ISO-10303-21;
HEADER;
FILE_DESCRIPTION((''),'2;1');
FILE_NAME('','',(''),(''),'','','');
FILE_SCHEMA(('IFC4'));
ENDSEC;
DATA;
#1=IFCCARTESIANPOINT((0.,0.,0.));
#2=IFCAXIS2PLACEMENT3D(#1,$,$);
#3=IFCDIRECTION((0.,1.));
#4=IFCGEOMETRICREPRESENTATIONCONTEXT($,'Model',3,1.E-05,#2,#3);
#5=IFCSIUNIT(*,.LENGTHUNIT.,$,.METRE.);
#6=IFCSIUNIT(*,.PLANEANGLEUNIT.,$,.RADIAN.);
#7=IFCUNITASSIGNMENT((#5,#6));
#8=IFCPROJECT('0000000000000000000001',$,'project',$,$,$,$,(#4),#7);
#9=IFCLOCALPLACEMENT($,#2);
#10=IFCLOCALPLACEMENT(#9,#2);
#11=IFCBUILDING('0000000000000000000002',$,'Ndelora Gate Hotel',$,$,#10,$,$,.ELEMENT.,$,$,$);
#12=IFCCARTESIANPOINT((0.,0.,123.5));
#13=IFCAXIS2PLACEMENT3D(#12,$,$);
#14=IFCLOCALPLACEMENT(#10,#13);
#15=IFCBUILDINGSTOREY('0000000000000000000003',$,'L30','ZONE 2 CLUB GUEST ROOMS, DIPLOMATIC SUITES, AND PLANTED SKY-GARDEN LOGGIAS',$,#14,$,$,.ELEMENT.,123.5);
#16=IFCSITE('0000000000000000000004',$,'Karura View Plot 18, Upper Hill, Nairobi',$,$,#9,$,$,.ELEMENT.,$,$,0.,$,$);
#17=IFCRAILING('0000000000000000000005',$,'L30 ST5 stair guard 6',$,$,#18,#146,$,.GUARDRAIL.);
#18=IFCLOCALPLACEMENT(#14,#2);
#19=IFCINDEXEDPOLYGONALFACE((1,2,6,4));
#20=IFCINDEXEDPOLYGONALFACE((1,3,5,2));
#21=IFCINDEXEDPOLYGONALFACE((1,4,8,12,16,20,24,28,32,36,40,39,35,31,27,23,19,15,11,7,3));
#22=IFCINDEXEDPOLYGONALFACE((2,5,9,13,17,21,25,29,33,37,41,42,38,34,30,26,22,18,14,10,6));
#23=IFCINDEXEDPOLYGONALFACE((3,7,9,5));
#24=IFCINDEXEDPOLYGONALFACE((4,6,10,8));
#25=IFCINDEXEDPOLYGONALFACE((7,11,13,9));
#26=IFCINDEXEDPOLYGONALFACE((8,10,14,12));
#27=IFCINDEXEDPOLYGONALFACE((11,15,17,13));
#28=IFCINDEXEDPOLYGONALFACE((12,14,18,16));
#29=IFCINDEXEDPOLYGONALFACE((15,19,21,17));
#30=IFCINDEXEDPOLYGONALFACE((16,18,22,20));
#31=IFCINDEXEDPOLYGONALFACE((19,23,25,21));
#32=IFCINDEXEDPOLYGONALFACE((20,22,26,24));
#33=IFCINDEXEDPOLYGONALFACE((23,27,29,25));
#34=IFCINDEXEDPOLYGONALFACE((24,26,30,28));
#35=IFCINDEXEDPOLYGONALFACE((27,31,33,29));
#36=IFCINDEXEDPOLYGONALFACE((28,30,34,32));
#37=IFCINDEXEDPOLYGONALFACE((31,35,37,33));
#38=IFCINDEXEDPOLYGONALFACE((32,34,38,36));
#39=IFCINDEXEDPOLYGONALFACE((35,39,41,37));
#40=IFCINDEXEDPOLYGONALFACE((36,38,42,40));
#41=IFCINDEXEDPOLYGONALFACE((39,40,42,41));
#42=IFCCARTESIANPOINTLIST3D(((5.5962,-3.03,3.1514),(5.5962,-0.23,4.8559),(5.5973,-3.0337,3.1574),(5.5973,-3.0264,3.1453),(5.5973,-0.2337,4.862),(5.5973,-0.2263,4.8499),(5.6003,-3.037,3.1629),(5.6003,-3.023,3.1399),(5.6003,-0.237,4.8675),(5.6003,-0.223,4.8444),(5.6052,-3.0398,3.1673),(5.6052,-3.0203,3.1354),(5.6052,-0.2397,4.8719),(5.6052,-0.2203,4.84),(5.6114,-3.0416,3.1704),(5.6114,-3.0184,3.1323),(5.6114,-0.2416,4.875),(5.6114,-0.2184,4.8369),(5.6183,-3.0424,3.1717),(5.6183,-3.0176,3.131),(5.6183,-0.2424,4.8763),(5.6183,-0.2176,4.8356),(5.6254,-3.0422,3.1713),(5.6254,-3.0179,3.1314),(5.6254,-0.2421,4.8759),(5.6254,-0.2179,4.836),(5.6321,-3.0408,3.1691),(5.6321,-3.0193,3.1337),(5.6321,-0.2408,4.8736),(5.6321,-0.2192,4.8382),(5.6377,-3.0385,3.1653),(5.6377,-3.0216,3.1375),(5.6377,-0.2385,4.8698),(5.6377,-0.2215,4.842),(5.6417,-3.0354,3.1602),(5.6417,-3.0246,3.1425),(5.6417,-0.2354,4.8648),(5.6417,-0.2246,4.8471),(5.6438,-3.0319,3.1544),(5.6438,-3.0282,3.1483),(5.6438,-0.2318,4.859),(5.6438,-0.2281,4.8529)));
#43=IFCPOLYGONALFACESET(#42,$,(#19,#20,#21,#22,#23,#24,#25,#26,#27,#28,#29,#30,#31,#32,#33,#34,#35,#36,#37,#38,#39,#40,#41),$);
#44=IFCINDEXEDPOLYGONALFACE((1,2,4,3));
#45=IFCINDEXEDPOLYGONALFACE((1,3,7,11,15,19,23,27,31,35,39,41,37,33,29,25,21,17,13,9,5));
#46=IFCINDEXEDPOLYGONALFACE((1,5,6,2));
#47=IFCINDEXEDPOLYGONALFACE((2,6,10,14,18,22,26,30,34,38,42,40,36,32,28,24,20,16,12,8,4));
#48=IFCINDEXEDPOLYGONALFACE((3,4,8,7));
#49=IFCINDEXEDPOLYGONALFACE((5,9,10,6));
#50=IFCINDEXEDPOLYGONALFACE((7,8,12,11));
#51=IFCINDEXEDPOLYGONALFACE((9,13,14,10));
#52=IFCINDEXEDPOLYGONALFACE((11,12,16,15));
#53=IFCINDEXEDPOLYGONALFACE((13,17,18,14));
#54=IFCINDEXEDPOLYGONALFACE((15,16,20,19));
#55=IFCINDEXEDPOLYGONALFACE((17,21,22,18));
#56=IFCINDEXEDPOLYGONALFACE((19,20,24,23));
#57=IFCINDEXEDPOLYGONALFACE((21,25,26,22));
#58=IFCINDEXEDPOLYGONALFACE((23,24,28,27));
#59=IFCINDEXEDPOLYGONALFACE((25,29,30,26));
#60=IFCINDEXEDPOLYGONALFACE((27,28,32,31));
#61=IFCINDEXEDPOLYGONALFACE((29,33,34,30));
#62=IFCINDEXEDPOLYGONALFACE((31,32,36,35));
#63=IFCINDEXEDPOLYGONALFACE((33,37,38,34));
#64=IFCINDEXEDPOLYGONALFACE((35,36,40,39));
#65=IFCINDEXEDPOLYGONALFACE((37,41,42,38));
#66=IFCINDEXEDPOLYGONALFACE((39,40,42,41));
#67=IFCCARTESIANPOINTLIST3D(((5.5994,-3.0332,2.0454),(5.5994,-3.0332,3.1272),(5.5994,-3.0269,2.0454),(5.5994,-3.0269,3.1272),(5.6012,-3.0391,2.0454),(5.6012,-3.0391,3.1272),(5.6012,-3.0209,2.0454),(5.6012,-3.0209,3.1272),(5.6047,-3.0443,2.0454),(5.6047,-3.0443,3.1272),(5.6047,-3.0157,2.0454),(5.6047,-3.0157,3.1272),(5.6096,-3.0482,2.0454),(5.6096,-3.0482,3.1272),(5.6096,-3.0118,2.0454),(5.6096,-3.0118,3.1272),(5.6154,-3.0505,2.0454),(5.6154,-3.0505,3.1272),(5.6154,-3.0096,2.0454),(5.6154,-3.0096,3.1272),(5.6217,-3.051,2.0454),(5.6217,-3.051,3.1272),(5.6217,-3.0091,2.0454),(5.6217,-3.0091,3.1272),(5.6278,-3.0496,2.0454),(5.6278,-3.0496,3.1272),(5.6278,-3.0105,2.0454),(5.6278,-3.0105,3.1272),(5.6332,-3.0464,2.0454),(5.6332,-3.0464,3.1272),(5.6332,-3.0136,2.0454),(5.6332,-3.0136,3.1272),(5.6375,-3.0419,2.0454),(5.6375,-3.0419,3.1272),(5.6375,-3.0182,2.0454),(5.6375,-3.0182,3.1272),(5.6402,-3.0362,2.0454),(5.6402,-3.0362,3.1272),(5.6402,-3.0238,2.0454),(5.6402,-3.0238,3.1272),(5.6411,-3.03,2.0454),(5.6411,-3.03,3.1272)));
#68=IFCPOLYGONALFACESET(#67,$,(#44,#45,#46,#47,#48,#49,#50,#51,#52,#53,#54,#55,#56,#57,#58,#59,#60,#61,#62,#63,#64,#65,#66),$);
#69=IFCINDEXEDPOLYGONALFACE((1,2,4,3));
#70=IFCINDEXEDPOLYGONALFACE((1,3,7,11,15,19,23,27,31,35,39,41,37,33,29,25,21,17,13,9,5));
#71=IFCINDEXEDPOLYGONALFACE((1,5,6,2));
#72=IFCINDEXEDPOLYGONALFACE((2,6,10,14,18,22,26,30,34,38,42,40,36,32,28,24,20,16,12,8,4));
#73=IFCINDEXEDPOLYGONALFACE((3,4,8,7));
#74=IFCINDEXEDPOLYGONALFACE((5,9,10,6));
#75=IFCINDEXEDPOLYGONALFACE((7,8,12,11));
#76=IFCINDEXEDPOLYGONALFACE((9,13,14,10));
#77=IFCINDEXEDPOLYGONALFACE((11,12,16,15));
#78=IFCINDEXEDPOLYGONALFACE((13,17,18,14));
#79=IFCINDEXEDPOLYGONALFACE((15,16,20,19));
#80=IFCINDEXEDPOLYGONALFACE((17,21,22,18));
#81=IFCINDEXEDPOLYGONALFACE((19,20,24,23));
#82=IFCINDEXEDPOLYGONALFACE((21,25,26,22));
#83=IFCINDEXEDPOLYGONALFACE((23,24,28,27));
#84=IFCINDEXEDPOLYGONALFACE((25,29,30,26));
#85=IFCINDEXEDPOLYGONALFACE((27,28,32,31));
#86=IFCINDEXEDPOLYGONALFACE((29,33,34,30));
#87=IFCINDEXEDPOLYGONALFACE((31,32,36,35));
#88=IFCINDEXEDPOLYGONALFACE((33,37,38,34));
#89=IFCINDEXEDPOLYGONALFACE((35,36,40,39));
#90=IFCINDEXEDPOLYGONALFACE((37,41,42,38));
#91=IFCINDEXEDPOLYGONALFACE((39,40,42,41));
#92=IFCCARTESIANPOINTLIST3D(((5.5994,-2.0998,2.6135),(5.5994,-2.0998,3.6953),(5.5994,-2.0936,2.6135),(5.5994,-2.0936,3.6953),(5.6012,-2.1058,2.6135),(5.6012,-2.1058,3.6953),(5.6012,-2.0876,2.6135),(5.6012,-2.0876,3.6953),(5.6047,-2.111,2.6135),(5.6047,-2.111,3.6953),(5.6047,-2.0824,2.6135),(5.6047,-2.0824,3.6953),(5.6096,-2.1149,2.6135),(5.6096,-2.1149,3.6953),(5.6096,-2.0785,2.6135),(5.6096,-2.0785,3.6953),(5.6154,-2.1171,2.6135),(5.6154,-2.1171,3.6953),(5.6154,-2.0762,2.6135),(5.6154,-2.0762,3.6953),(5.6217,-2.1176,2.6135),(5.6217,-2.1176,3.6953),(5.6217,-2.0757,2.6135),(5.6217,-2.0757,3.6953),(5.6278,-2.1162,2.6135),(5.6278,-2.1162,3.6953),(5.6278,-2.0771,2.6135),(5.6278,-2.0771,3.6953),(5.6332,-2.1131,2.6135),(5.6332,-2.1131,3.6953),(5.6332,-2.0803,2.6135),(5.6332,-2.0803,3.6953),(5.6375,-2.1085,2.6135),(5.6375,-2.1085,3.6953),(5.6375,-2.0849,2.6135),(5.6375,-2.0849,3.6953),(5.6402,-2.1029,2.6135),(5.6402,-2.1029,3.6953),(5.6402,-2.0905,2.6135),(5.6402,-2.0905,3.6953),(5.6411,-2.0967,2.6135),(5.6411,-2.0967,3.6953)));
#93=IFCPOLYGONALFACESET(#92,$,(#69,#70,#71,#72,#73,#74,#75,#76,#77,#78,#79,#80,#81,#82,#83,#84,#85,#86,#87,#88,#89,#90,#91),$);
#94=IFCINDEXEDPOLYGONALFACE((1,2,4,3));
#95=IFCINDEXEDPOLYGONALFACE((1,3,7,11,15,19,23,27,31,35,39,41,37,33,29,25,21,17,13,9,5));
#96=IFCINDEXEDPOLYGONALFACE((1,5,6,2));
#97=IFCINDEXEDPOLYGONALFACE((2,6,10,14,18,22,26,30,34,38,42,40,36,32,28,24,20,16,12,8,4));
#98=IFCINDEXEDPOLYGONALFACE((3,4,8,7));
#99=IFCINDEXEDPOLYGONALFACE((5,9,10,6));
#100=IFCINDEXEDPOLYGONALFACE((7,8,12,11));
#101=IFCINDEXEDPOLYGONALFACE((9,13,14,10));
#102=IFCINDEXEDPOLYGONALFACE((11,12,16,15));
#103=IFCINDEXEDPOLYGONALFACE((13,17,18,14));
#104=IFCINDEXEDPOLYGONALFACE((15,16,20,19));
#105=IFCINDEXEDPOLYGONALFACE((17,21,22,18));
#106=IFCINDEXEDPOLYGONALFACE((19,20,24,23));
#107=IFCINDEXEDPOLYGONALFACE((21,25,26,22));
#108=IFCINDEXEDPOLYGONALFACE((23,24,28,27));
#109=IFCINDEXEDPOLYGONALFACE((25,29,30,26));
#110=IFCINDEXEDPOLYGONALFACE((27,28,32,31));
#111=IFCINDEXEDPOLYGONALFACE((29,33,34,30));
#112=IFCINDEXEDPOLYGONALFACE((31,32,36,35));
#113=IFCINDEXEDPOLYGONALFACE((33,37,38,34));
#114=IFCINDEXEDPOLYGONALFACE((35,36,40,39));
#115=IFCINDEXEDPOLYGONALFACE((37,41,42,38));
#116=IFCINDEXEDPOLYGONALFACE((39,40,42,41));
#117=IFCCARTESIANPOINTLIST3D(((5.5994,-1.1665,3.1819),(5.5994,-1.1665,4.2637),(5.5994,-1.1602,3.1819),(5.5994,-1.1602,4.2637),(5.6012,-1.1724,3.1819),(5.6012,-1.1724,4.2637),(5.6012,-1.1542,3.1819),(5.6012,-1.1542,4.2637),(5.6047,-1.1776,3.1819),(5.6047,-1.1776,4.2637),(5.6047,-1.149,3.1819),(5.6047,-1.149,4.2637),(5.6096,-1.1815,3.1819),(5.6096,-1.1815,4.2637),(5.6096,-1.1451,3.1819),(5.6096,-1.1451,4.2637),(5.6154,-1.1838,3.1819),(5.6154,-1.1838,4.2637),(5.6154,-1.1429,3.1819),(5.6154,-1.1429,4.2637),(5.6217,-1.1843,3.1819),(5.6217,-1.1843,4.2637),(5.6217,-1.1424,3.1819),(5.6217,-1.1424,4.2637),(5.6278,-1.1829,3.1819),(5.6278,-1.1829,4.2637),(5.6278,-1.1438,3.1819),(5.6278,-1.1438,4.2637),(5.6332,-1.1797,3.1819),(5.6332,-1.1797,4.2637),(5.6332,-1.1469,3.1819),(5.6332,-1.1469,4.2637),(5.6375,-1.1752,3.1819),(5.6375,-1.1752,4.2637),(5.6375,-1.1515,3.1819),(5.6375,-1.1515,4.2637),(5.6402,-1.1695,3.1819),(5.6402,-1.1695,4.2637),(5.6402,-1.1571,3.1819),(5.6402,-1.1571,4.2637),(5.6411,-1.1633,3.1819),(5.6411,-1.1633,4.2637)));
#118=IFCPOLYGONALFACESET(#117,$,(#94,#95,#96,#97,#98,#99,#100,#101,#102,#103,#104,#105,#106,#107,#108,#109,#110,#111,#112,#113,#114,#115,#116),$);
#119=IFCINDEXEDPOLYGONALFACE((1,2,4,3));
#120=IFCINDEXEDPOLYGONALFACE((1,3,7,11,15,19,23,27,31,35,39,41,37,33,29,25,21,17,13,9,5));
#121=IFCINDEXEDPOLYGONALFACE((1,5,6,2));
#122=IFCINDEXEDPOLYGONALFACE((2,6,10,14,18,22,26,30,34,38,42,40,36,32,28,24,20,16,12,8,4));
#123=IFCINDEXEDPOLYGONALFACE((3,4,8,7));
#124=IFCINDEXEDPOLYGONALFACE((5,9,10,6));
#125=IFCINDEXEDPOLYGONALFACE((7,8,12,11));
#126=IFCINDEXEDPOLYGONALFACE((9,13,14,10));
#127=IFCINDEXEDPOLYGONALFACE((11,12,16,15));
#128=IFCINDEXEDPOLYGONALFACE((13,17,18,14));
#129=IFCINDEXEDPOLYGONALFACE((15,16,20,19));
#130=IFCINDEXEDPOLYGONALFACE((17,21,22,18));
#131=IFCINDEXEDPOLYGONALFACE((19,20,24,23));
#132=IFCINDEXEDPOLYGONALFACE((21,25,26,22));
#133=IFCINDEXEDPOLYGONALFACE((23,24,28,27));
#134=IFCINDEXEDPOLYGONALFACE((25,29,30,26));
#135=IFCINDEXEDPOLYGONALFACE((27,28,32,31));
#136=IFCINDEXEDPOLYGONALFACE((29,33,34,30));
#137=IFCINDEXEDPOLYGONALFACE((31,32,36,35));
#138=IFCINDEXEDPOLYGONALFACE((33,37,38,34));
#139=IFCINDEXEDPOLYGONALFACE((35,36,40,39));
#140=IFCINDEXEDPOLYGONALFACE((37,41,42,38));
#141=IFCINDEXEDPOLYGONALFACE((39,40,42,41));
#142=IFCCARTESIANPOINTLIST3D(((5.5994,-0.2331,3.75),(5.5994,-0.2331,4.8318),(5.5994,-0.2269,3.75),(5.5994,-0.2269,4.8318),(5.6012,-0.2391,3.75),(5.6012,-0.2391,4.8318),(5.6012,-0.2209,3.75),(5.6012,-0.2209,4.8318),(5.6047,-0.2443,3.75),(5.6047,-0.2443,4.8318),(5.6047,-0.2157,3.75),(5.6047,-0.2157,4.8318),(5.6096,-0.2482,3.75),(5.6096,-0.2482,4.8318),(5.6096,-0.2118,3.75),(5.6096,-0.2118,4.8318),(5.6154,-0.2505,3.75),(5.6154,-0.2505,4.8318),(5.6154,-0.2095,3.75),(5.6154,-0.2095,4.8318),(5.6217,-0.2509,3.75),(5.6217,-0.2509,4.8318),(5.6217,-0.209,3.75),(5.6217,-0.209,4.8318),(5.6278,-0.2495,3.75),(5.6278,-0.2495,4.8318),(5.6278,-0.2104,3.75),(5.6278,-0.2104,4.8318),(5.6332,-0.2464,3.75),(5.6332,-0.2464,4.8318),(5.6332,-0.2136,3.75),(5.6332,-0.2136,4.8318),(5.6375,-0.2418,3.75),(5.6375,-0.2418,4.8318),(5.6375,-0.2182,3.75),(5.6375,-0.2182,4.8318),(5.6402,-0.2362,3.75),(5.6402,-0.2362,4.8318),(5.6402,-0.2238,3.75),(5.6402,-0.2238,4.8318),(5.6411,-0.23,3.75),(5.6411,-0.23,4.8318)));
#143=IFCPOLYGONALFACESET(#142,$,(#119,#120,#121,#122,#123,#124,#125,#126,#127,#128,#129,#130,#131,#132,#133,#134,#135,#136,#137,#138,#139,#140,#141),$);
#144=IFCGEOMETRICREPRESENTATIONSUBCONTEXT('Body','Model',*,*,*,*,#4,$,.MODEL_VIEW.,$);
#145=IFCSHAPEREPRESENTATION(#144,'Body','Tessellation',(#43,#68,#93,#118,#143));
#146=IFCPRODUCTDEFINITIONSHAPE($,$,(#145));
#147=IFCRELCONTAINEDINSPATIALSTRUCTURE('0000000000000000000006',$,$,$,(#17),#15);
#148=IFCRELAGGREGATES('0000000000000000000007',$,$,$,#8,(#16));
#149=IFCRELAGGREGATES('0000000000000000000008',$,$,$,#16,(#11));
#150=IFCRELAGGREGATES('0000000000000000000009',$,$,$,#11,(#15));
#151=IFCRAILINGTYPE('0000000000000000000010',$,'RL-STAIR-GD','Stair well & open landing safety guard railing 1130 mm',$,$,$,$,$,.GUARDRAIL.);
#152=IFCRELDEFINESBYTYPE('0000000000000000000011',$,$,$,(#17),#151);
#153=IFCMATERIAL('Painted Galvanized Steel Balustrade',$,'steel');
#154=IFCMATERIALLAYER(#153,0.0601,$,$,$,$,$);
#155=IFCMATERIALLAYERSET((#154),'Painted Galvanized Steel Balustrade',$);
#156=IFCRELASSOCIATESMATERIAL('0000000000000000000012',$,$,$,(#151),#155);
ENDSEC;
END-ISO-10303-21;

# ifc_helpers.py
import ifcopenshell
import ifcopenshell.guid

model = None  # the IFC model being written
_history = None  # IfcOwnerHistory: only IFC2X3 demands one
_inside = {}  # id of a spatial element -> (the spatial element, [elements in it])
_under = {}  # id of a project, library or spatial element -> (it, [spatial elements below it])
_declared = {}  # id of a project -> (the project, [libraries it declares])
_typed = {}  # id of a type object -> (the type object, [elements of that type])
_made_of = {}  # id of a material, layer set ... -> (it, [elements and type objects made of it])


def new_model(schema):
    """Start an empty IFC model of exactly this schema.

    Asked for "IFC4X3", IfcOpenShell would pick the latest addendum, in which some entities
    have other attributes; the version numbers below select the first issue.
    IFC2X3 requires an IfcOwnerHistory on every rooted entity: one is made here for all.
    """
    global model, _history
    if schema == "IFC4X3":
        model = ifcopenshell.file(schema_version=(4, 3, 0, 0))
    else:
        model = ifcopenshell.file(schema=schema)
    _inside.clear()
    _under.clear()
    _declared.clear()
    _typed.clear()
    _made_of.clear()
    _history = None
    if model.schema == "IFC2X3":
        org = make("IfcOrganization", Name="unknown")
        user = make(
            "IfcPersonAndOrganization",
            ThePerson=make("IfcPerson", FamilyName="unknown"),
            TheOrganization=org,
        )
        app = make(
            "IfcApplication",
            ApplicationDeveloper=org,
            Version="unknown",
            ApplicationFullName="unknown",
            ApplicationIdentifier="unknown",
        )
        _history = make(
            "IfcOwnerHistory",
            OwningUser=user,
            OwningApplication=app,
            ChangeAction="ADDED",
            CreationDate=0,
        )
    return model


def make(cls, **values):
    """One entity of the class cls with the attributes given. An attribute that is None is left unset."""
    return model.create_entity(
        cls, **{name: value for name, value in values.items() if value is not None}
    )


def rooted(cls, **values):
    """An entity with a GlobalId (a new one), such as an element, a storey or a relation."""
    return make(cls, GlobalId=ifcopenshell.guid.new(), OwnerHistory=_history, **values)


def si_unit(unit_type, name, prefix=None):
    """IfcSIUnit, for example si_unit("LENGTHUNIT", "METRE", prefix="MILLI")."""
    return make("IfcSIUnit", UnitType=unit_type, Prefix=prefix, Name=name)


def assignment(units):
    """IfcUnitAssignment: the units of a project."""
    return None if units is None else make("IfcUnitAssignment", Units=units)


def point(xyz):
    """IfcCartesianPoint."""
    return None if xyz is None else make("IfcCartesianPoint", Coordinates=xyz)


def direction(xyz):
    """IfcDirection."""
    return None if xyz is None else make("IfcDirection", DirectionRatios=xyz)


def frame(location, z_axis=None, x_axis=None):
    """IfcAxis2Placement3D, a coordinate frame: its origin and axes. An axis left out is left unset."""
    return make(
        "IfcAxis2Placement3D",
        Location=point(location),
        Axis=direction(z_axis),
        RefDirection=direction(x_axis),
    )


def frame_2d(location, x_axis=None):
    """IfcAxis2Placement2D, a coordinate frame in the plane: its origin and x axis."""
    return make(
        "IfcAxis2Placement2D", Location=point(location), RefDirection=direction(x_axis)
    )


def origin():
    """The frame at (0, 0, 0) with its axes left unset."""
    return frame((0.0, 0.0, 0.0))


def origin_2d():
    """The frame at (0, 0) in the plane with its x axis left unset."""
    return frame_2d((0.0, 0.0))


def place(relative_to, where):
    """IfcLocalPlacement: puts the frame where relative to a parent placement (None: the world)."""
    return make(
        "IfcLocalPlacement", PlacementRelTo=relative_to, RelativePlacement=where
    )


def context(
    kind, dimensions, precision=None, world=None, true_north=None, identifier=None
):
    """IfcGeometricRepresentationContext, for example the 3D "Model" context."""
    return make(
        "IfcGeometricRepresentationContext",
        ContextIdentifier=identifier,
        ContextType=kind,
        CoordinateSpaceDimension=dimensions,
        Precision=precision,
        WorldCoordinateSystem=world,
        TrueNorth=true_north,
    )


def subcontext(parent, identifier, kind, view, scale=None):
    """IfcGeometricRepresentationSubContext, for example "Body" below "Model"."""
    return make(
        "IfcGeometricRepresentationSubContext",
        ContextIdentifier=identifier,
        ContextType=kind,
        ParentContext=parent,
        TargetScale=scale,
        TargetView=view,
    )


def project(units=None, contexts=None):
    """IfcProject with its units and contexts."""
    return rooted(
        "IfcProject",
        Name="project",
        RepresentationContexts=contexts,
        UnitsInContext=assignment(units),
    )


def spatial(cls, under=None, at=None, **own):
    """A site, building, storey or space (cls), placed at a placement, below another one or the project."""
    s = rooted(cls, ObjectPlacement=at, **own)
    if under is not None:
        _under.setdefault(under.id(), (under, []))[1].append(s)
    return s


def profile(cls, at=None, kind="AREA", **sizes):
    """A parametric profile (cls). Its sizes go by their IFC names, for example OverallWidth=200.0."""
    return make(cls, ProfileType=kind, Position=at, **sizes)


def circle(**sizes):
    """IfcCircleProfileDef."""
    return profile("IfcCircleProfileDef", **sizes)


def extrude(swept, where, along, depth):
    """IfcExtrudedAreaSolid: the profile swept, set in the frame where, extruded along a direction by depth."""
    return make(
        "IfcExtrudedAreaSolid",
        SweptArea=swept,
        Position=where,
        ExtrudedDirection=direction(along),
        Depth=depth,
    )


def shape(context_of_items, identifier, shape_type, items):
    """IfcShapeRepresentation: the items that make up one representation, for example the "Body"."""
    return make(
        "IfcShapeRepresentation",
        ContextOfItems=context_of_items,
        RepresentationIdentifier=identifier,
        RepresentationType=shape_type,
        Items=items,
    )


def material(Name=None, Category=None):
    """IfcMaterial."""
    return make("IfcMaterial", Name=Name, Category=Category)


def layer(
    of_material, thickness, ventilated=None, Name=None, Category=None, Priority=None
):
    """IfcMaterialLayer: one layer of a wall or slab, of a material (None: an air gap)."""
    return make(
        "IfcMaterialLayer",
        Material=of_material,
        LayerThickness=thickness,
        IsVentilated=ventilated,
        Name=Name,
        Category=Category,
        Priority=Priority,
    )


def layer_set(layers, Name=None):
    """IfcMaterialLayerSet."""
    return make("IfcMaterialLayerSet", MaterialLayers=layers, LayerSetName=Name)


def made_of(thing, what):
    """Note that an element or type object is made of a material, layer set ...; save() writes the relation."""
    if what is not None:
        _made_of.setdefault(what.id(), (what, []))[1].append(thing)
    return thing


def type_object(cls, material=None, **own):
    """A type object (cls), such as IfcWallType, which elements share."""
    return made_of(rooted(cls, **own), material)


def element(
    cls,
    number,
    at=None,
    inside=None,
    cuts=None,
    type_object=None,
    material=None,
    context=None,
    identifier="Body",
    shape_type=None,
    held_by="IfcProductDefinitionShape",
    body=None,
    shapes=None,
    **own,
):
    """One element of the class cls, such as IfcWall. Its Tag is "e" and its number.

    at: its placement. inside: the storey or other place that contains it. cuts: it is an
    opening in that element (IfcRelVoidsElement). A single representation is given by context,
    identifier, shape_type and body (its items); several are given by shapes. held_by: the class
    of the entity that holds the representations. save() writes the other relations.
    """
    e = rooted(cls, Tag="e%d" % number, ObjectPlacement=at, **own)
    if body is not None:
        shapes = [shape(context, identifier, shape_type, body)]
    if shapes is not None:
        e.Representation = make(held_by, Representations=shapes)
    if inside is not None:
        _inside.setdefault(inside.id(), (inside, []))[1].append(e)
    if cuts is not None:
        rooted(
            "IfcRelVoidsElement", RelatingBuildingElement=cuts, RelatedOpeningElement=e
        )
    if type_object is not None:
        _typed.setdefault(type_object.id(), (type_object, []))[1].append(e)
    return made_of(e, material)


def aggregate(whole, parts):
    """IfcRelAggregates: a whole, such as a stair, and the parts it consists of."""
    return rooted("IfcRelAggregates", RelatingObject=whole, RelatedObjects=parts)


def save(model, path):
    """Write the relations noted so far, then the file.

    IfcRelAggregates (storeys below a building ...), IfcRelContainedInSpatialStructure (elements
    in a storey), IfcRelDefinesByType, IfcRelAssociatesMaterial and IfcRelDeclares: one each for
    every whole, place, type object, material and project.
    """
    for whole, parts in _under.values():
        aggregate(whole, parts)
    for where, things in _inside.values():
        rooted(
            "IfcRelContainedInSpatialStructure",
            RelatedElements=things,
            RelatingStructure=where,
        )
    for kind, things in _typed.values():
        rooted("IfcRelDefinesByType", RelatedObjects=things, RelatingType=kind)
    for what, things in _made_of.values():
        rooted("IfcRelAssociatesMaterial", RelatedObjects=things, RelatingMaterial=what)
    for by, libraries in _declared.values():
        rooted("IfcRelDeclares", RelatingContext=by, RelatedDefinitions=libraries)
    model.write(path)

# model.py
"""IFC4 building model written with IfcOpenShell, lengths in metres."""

from ifc_helpers import new_model, si_unit, direction, frame, origin, origin_2d, place, context, subcontext, project, spatial, circle, extrude, material, layer, layer_set, type_object, element, save


model = new_model("IFC4")

# Units and contexts
model_context = context("Model", 3, precision=1e-05, world=origin(), true_north=direction((0.0, 1.0)))
body_context = subcontext(model_context, "Body", "Model", "MODEL_VIEW")
ifc_project = project(units=[si_unit("LENGTHUNIT", "METRE"), si_unit("PLANEANGLEUNIT", "RADIAN")], contexts=[model_context])

# Site, building, storey
site_placement = place(None, origin())
site = spatial("IfcSite", under=ifc_project, at=site_placement, Name="Karura View Plot 18, Upper Hill, Nairobi", CompositionType="ELEMENT", RefElevation=0.0)
building_placement = place(site_placement, origin())
building = spatial("IfcBuilding", under=site, at=building_placement, Name="Ndelora Gate Hotel", CompositionType="ELEMENT")
storey_placement = place(building_placement, frame((0.0, 0.0, 123.5)))
storey = spatial("IfcBuildingStorey", under=building, at=storey_placement, Name="L30", Description="ZONE 2 CLUB GUEST ROOMS, DIPLOMATIC SUITES, AND PLANTED SKY-GARDEN LOGGIAS", CompositionType="ELEMENT", Elevation=123.5)

# Railing
ifc_material_1 = material(Name="Painted Galvanized Steel Balustrade", Category="steel")
ifc_layer_1 = layer(ifc_material_1, 0.0601)
ifc_layer_set_1 = layer_set([ifc_layer_1], Name="Painted Galvanized Steel Balustrade")
railing_type_1 = type_object("IfcRailingType", Name="RL-STAIR-GD", Description="Stair well & open landing safety guard railing 1130 mm", PredefinedType="GUARDRAIL", material=ifc_layer_set_1)
railing_1_placement = place(storey_placement, frame((5.6201, -3.03, 2.0454)))
element("IfcRailing", 1, at=railing_1_placement, inside=storey, type_object=railing_type_1, Name="L30 ST5 stair guard 6", PredefinedType="GUARDRAIL", context=body_context, shape_type="SweptSolid", body=[
    extrude(circle(Radius=0.0239, at=origin_2d()), frame((0.0, 0.0, 1.106), z_axis=(0.0, 0.85417, 0.519994), x_axis=(-1.0, 0.0, 0.0)), (0.0, 0.0, 1.0), 3.2781),
    extrude(circle(Radius=0.021, at=origin_2d()), origin(), (0.0, 0.0, 1.0), 1.0818),
    extrude(circle(Radius=0.021, at=origin_2d()), frame((0.0, 0.9333, 0.5681)), (0.0, 0.0, 1.0), 1.0818),
    extrude(circle(Radius=0.021, at=origin_2d()), frame((0.0, 1.8667, 1.1365)), (0.0, 0.0, 1.0), 1.0818),
    extrude(circle(Radius=0.021, at=origin_2d()), frame((0.0, 2.8, 1.7046)), (0.0, 0.0, 1.0), 1.0818),
])

save(model, "model.ifc")
